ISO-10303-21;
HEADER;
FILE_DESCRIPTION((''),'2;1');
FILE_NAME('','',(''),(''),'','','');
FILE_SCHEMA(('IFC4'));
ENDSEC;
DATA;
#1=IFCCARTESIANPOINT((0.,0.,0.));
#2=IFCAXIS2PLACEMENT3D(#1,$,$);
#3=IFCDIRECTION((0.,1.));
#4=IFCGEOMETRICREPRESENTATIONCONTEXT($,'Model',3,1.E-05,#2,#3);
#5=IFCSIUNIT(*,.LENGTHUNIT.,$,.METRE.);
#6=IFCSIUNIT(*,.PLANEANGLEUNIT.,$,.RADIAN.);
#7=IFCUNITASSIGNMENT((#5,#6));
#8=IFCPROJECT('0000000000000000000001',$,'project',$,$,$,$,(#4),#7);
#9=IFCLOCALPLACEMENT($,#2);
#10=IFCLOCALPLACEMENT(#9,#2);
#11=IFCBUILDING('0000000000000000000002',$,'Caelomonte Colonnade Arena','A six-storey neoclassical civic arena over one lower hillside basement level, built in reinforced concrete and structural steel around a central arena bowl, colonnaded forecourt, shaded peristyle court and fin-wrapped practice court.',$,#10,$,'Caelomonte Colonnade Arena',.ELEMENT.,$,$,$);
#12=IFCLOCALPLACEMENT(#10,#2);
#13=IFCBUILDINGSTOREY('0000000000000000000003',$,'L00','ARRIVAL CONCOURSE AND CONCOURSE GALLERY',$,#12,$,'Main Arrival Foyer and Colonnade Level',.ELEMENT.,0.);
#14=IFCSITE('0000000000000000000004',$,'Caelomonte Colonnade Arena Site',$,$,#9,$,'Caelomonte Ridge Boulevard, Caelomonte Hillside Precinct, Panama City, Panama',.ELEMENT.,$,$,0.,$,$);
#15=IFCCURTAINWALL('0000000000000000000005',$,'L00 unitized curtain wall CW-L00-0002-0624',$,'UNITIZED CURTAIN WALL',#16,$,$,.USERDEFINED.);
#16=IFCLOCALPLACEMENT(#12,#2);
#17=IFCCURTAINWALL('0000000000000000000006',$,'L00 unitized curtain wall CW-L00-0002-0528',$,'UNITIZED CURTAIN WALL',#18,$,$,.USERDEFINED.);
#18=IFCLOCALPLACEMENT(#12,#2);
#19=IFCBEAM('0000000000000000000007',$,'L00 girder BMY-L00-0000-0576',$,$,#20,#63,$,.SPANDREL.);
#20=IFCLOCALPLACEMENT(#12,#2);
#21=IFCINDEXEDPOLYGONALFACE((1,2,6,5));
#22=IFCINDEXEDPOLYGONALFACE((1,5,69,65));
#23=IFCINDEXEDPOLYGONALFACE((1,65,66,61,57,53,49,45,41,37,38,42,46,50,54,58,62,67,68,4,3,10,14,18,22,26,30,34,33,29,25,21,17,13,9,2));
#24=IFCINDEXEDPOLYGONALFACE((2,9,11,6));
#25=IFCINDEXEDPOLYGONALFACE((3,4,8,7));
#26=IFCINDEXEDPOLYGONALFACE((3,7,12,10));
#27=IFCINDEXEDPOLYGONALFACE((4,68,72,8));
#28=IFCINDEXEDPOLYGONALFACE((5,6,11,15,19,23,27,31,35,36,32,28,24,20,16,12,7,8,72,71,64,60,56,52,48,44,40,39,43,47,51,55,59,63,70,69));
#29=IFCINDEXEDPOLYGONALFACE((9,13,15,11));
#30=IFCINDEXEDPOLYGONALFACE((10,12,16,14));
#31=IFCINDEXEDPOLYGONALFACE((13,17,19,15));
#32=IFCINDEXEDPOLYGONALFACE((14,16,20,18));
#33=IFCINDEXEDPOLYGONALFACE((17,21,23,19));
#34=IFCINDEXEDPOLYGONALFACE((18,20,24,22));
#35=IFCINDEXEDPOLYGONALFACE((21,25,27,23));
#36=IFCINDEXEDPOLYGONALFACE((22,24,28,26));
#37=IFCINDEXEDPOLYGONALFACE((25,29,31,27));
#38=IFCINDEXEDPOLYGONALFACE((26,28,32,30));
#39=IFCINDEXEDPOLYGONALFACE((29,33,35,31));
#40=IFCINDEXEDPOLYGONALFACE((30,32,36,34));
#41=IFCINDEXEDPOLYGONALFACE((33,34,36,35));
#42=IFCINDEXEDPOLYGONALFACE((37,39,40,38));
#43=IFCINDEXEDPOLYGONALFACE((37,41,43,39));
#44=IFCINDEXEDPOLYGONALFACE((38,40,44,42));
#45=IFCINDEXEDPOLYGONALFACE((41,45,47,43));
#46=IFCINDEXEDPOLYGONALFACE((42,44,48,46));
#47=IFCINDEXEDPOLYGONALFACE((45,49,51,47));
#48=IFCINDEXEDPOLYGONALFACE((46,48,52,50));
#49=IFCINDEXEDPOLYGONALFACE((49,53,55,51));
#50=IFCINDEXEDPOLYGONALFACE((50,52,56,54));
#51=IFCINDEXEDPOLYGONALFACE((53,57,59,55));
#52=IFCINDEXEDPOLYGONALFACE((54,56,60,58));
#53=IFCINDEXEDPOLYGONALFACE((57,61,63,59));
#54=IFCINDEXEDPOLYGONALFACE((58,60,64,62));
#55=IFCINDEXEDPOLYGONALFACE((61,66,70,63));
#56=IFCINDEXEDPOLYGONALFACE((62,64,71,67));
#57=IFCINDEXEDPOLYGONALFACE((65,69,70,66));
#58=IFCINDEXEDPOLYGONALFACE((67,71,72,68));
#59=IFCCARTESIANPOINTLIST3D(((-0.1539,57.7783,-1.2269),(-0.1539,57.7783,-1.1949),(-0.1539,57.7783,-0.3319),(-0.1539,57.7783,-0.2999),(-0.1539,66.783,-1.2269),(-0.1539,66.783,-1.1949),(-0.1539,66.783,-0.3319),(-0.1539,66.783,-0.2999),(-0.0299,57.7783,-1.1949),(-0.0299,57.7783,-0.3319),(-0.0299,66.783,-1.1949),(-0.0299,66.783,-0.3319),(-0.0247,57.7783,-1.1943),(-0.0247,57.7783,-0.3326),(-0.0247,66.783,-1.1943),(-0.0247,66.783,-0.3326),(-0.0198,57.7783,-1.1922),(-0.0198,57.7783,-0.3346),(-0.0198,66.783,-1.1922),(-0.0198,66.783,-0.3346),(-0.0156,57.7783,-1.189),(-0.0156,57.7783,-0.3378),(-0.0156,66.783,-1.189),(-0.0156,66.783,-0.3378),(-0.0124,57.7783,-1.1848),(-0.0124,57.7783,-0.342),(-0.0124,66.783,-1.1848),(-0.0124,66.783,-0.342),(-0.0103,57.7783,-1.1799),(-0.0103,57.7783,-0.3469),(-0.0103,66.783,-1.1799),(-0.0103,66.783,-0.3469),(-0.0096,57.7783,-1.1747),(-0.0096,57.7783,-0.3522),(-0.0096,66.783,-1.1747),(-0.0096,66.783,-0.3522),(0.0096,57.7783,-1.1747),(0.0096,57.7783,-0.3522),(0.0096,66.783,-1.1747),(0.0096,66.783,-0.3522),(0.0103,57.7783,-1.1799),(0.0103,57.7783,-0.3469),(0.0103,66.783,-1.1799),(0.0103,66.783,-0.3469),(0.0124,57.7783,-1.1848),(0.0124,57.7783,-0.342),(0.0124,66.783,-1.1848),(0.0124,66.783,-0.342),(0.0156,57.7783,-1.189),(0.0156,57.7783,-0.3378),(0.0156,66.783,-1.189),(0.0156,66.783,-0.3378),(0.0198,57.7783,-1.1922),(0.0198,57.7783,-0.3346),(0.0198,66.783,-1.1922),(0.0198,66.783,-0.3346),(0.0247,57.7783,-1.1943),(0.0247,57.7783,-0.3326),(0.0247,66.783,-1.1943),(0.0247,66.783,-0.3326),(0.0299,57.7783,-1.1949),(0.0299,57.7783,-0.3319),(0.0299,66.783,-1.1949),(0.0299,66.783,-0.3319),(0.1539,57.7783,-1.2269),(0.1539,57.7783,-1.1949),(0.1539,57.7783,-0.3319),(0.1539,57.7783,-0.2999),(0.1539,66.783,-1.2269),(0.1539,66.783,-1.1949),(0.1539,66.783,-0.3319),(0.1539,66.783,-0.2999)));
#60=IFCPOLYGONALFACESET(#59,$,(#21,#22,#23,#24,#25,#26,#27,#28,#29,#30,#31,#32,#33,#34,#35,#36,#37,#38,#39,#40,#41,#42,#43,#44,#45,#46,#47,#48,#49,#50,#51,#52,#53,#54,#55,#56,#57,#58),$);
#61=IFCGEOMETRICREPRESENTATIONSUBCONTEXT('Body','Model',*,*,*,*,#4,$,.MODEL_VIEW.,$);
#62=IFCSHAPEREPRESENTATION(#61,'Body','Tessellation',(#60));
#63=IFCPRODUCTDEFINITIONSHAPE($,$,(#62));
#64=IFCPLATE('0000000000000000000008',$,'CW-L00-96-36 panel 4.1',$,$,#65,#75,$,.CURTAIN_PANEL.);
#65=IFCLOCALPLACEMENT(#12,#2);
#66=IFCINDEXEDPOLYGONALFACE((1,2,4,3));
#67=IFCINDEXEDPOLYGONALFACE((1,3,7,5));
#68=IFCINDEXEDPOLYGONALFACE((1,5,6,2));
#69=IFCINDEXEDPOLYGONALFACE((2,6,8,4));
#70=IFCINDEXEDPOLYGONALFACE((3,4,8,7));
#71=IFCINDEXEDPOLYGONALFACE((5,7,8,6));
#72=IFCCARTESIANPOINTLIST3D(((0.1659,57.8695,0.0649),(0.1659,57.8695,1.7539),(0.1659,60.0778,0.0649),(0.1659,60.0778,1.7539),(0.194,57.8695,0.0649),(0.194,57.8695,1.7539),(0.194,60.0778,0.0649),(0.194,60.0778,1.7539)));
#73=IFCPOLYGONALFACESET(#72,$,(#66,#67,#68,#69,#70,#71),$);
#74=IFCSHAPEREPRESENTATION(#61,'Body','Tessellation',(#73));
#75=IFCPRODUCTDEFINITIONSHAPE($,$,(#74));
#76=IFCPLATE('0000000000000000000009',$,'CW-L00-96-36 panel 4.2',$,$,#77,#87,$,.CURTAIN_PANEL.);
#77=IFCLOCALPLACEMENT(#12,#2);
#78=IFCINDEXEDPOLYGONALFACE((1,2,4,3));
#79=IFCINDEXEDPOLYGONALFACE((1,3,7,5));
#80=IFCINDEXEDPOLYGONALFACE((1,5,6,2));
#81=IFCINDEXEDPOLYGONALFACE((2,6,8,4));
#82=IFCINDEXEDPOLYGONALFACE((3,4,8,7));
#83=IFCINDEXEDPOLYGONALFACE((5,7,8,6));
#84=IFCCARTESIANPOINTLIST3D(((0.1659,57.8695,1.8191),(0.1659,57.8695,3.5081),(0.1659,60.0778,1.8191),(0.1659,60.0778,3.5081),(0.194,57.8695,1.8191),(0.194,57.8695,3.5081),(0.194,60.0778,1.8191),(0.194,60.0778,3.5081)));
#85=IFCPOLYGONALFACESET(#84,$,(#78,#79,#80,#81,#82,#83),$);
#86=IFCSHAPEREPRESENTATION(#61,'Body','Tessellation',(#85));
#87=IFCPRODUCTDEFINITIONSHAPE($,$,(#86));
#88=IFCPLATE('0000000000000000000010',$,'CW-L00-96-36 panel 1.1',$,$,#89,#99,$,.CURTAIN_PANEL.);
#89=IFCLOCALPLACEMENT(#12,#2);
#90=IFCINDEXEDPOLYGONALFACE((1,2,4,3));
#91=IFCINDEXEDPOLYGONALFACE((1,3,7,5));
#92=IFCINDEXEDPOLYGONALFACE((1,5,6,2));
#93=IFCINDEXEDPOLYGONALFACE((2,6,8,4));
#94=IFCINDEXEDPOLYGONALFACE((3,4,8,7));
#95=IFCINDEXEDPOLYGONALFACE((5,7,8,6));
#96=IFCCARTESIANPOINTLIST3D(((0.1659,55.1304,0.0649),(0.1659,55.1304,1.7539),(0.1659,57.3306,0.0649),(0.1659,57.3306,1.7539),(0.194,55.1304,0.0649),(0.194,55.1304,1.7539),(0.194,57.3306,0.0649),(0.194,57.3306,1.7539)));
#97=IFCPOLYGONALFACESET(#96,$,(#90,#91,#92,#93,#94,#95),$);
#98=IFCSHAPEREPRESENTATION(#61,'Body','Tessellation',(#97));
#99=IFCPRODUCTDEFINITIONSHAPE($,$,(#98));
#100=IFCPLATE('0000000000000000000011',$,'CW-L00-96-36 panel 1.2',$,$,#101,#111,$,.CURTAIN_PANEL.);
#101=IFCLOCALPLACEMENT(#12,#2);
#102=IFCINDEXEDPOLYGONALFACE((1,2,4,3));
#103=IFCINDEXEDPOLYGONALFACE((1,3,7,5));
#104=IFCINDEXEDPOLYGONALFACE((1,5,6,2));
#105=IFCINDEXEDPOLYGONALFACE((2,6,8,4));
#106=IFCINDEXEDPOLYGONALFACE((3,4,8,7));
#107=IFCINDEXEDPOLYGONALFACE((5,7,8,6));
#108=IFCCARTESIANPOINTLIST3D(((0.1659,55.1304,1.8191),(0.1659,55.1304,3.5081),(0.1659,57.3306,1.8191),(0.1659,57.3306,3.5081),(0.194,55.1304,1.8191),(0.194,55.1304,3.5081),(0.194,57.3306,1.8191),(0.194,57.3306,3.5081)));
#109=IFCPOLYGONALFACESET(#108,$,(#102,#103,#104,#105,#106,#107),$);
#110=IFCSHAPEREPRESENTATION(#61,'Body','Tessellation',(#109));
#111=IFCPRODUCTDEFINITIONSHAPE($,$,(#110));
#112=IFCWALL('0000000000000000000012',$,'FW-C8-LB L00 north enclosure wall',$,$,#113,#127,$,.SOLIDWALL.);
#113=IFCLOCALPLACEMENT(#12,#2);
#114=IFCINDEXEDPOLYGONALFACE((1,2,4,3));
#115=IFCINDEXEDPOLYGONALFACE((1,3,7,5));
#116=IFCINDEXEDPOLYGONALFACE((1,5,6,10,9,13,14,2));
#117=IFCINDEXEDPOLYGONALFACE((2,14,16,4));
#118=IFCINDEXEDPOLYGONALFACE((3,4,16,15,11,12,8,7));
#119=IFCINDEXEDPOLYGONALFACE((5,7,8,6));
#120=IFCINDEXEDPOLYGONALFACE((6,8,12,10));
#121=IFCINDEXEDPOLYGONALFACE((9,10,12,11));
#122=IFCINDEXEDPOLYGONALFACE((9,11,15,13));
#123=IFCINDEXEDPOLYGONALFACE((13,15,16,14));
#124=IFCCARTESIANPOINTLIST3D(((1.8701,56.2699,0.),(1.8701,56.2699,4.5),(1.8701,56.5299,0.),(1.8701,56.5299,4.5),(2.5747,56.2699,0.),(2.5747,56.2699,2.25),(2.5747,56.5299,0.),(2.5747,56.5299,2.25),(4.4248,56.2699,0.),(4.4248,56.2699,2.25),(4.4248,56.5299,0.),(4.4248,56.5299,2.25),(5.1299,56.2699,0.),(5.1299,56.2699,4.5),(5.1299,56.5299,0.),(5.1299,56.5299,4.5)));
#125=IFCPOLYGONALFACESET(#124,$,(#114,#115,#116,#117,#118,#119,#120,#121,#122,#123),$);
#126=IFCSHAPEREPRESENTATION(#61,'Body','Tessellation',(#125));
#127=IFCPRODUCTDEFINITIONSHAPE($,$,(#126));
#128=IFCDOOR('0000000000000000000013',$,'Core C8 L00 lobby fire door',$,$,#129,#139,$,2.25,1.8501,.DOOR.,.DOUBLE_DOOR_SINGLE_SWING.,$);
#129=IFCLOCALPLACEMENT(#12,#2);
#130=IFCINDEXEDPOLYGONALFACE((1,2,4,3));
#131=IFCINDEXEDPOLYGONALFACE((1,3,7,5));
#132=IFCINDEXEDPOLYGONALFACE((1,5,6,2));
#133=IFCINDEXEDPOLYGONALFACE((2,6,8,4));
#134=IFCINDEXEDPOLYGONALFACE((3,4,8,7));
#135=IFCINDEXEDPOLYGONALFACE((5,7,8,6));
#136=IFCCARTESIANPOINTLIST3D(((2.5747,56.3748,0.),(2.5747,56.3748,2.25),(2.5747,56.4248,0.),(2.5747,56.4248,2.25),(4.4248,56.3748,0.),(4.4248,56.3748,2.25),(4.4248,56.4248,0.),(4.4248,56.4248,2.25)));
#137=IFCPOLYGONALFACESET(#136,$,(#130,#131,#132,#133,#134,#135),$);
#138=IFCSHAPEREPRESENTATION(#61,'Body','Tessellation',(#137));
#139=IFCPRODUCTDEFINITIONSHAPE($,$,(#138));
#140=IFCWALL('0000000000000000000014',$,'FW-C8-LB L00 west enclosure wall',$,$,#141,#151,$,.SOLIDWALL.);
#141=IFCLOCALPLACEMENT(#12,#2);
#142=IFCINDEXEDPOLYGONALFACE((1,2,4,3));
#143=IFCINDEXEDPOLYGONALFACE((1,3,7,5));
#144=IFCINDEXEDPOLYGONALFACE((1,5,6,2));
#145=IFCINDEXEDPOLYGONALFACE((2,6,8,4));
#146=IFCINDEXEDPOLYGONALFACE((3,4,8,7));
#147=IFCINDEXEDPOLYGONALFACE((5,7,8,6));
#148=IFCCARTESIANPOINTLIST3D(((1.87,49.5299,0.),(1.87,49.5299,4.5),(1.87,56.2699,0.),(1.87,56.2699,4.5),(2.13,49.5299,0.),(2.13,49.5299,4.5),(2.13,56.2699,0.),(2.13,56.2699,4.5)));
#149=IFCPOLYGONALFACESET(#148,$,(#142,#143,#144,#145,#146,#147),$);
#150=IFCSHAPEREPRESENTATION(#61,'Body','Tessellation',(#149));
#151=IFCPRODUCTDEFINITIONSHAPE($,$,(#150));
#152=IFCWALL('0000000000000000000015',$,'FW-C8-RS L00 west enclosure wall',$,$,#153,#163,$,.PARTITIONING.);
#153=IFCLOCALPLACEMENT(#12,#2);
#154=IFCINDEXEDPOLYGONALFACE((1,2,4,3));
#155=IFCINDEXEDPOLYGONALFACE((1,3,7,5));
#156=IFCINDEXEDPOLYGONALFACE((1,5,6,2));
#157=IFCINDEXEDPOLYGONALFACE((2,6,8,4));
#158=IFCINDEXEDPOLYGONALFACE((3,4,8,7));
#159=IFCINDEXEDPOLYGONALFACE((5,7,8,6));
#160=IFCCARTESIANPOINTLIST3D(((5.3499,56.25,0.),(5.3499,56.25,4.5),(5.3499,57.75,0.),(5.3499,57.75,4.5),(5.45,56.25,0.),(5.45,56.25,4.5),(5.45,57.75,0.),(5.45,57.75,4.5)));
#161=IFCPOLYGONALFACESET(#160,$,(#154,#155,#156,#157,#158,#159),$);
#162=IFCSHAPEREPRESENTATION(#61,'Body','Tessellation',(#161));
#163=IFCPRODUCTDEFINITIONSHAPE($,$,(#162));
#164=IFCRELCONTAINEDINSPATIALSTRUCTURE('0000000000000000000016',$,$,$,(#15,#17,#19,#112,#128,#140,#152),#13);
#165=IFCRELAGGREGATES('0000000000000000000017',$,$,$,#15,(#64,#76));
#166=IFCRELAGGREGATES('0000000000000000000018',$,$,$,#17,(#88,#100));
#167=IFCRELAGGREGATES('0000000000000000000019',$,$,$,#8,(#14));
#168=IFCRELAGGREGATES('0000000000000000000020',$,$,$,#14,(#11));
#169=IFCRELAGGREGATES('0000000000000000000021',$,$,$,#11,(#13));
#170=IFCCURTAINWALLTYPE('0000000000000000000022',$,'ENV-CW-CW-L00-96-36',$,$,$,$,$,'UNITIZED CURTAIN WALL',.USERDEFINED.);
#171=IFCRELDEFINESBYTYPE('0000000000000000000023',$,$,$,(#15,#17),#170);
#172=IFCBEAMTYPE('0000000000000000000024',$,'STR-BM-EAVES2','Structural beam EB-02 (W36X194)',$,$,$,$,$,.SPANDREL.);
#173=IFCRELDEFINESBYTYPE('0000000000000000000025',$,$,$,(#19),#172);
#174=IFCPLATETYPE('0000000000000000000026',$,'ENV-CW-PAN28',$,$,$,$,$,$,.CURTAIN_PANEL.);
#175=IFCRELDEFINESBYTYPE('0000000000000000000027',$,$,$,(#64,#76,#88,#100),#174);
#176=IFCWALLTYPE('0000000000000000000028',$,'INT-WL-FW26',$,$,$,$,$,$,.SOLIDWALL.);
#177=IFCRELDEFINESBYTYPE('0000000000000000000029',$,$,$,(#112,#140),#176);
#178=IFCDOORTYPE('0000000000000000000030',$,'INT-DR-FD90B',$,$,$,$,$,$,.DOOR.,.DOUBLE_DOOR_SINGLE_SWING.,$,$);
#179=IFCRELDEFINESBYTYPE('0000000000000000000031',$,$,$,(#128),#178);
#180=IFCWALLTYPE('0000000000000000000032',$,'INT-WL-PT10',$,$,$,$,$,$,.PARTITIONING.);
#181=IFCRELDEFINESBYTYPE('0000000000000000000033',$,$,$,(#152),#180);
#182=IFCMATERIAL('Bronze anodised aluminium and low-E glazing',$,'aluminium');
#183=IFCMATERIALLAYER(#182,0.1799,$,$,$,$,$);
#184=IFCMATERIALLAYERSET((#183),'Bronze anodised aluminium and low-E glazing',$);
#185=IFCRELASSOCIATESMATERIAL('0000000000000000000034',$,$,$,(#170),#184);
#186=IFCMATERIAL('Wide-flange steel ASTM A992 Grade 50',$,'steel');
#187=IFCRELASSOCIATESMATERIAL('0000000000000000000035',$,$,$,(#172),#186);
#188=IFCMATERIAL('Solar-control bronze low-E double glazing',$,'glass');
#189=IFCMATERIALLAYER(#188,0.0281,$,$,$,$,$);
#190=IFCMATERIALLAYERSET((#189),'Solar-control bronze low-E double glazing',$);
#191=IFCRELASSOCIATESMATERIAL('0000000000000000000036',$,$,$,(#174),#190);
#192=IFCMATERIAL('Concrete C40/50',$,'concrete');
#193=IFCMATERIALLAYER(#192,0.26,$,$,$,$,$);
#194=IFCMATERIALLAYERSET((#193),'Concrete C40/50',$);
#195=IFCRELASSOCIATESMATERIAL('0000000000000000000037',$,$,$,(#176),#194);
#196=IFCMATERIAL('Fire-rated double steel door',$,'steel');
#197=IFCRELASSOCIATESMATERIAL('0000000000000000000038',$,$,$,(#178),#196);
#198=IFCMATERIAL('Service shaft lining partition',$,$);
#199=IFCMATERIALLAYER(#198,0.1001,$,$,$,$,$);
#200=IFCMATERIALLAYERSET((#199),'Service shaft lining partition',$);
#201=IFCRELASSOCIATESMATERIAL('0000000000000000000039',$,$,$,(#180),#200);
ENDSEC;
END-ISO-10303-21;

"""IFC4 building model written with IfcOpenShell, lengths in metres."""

from ifc_helpers import new_model, si_unit, direction, frame, frame_2d, origin, origin_2d, place, context, subcontext, project, spatial, rectangle, i_section, extrude, material, layer, layer_set, material_profile, profile_set, type_object, element, fill, aggregate, save


model = new_model("IFC4")

# Units and contexts
model_context = context("Model", 3, precision=1e-05, world=origin(), true_north=direction((0.0, 1.0)))
body_context = subcontext(model_context, "Body", "Model", "MODEL_VIEW")
ifc_project = project(units=[si_unit("LENGTHUNIT", "METRE"), si_unit("PLANEANGLEUNIT", "RADIAN")], contexts=[model_context])

# Site, building, storey
site_placement = place(None, origin())
site = spatial("IfcSite", under=ifc_project, at=site_placement, Name="Caelomonte Colonnade Arena Site", LongName="Caelomonte Ridge Boulevard, Caelomonte Hillside Precinct, Panama City, Panama", CompositionType="ELEMENT", RefElevation=0.0)
building_placement = place(site_placement, origin())
building = spatial("IfcBuilding", under=site, at=building_placement, Name="Caelomonte Colonnade Arena", Description="A six-storey neoclassical civic arena over one lower hillside basement level, built in reinforced concrete and structural steel around a central arena bowl, colonnaded forecourt, shaded peristyle court and fin-wrapped practice court.", LongName="Caelomonte Colonnade Arena", CompositionType="ELEMENT")
storey_placement = place(building_placement, origin())
storey = spatial("IfcBuildingStorey", under=building, at=storey_placement, Name="L00", Description="ARRIVAL CONCOURSE AND CONCOURSE GALLERY", LongName="Main Arrival Foyer and Colonnade Level", CompositionType="ELEMENT", Elevation=0.0)

# Shared definitions
ifc_material_1 = material(Name="Wide-flange steel ASTM A992 Grade 50", Category="steel")

# Curtain wall
ifc_material_2 = material(Name="Bronze anodised aluminium and low-E glazing", Category="aluminium")
ifc_layer_1 = layer(ifc_material_2, 0.1799)
ifc_layer_set_1 = layer_set([ifc_layer_1], Name="Bronze anodised aluminium and low-E glazing")
curtain_wall_type = type_object("IfcCurtainWallType", Name="ENV-CW-CW-L00-96-36", ElementType="UNITIZED CURTAIN WALL", PredefinedType="USERDEFINED", material=ifc_layer_set_1)
curtain_wall_1_placement = place(storey_placement, origin())
curtain_wall_1 = element("IfcCurtainWall", 1, at=curtain_wall_1_placement, inside=storey, type_object=curtain_wall_type, Name="L00 unitized curtain wall CW-L00-0002-0624", ObjectType="UNITIZED CURTAIN WALL", PredefinedType="USERDEFINED")

# Curtain wall
curtain_wall_2_placement = place(storey_placement, origin())
curtain_wall_2 = element("IfcCurtainWall", 2, at=curtain_wall_2_placement, inside=storey, type_object=curtain_wall_type, Name="L00 unitized curtain wall CW-L00-0002-0528", ObjectType="UNITIZED CURTAIN WALL", PredefinedType="USERDEFINED")

# Beam
ifc_material_profile_1 = material_profile(ifc_material_1, i_section(OverallWidth=0.3079, OverallDepth=0.927, WebThickness=0.0193, FlangeThickness=0.032, FilletRadius=0.0203, at=origin_2d()), Name="W36X194")
ifc_profile_set_1 = profile_set([ifc_material_profile_1], Name="Wide-flange steel ASTM A992 Grade 50")
beam_type = type_object("IfcBeamType", Name="STR-BM-EAVES2", Description="Structural beam EB-02 (W36X194)", PredefinedType="SPANDREL", material=ifc_profile_set_1)
beam_placement = place(storey_placement, frame((0.0, 57.7783, -0.7634), z_axis=(0.0, 1.0, 0.0), x_axis=(-1.0, 0.0, 0.0)))
element("IfcBeam", 3, at=beam_placement, inside=storey, type_object=beam_type, Name="L00 girder BMY-L00-0000-0576", PredefinedType="SPANDREL", context=body_context, shape_type="SweptSolid", body=[
    extrude(i_section(OverallWidth=0.3079, OverallDepth=0.927, WebThickness=0.0193, FlangeThickness=0.032, FilletRadius=0.0203, at=origin_2d()), origin(), (0.0, 0.0, 1.0), 9.0046),
])

# Plates
ifc_material_3 = material(Name="Solar-control bronze low-E double glazing", Category="glass")
ifc_layer_2 = layer(ifc_material_3, 0.0281)
ifc_layer_set_2 = layer_set([ifc_layer_2], Name="Solar-control bronze low-E double glazing")
plate_type = type_object("IfcPlateType", Name="ENV-CW-PAN28", PredefinedType="CURTAIN_PANEL", material=ifc_layer_set_2)
plate_1_placement = place(storey_placement, frame((0.1799, 58.9736, 0.0649), z_axis=(0.0, 0.0, 1.0), x_axis=(0.0, -1.0, 0.0)))
plate_1 = element("IfcPlate", 4, at=plate_1_placement, type_object=plate_type, Name="CW-L00-96-36 panel 4.1", PredefinedType="CURTAIN_PANEL", context=body_context, shape_type="SweptSolid", body=[
    extrude(rectangle(XDim=2.2083, YDim=0.0281, at=origin_2d()), origin(), (0.0, 0.0, 1.0), 1.689),
])
plate_2_placement = place(storey_placement, frame((0.1799, 58.9736, 1.8191), z_axis=(0.0, 0.0, 1.0), x_axis=(0.0, -1.0, 0.0)))
plate_2 = element("IfcPlate", 5, at=plate_2_placement, type_object=plate_type, Name="CW-L00-96-36 panel 4.2", PredefinedType="CURTAIN_PANEL", context=body_context, shape_type="SweptSolid", body=[
    extrude(rectangle(XDim=2.2083, YDim=0.0281, at=origin_2d()), origin(), (0.0, 0.0, 1.0), 1.689),
])
aggregate(curtain_wall_1, [plate_1, plate_2])
plate_3_placement = place(storey_placement, frame((0.1799, 56.2305, 0.0649), z_axis=(0.0, 0.0, 1.0), x_axis=(0.0, -1.0, 0.0)))
plate_3 = element("IfcPlate", 6, at=plate_3_placement, type_object=plate_type, Name="CW-L00-96-36 panel 1.1", PredefinedType="CURTAIN_PANEL", context=body_context, shape_type="SweptSolid", body=[
    extrude(rectangle(XDim=2.2002, YDim=0.0281, at=origin_2d()), origin(), (0.0, 0.0, 1.0), 1.689),
])
plate_4_placement = place(storey_placement, frame((0.1799, 56.2305, 1.8191), z_axis=(0.0, 0.0, 1.0), x_axis=(0.0, -1.0, 0.0)))
plate_4 = element("IfcPlate", 7, at=plate_4_placement, type_object=plate_type, Name="CW-L00-96-36 panel 1.2", PredefinedType="CURTAIN_PANEL", context=body_context, shape_type="SweptSolid", body=[
    extrude(rectangle(XDim=2.2002, YDim=0.0281, at=origin_2d()), origin(), (0.0, 0.0, 1.0), 1.689),
])
aggregate(curtain_wall_2, [plate_3, plate_4])

# Wall, opening, door
ifc_material_4 = material(Name="Concrete C40/50", Category="concrete")
ifc_layer_3 = layer(ifc_material_4, 0.26)
ifc_layer_set_3 = layer_set([ifc_layer_3], Name="Concrete C40/50")
wall_type_1 = type_object("IfcWallType", Name="INT-WL-FW26", PredefinedType="SOLIDWALL", material=ifc_layer_set_3)
wall_1_placement = place(storey_placement, frame((5.1299, 56.3999, 0.0), z_axis=(0.0, 0.0, 1.0), x_axis=(-1.0, 0.0, 0.0)))
wall_1 = element("IfcWall", 8, at=wall_1_placement, inside=storey, type_object=wall_type_1, Name="FW-C8-LB L00 north enclosure wall", PredefinedType="SOLIDWALL", context=body_context, shape_type="SweptSolid", body=[
    extrude(rectangle(XDim=3.2598, YDim=0.26, at=frame_2d((1.6299, 0.0))), origin(), (0.0, 0.0, 1.0), 4.5),
])
opening_1_placement = place(wall_1_placement, frame((2.5552, 0.0, 0.0), z_axis=(0.0, 0.0, 1.0), x_axis=(-1.0, 0.0, 0.0)))
opening_1 = element("IfcOpeningElement", 9, at=opening_1_placement, cuts=wall_1, PredefinedType="OPENING", context=body_context, shape_type="SweptSolid", body=[
    extrude(rectangle(XDim=1.8501, YDim=2.25, at=frame_2d((0.925, 1.125))), frame((0.0, 0.1399, 0.0), z_axis=(0.0, -1.0, 0.0), x_axis=(1.0, 0.0, 0.0)), (0.0, 0.0, 1.0), 0.28),
])
ifc_material_5 = material(Name="Fire-rated double steel door", Category="steel")
door_type_1 = type_object("IfcDoorType", Name="INT-DR-FD90B", OperationType="DOUBLE_DOOR_SINGLE_SWING", PredefinedType="DOOR", material=ifc_material_5)
door_1_placement = place(opening_1_placement, origin())
door_1 = element("IfcDoor", 10, at=door_1_placement, inside=storey, type_object=door_type_1, Name="Core C8 L00 lobby fire door", OperationType="DOUBLE_DOOR_SINGLE_SWING", OverallHeight=2.25, OverallWidth=1.8501, PredefinedType="DOOR", context=body_context, shape_type="SweptSolid", body=[
    extrude(rectangle(XDim=1.8501, YDim=2.25, at=frame_2d((0.925, 1.125))), frame((0.0, 0.0249, 0.0), z_axis=(0.0, -1.0, 0.0), x_axis=(1.0, 0.0, 0.0)), (0.0, 0.0, 1.0), 0.05),
])
fill(opening_1, door_1)

# Walls
wall_2_placement = place(storey_placement, frame((2.0, 56.27, 0.0), z_axis=(0.0, 0.0, 1.0), x_axis=(0.0, -1.0, 0.0)))
element("IfcWall", 11, at=wall_2_placement, inside=storey, type_object=wall_type_1, Name="FW-C8-LB L00 west enclosure wall", PredefinedType="SOLIDWALL", context=body_context, shape_type="SweptSolid", body=[
    extrude(rectangle(XDim=6.74, YDim=0.26, at=frame_2d((3.3701, 0.0))), origin(), (0.0, 0.0, 1.0), 4.5),
])
ifc_material_6 = material(Name="Service shaft lining partition")
ifc_layer_4 = layer(ifc_material_6, 0.1001)
ifc_layer_set_4 = layer_set([ifc_layer_4], Name="Service shaft lining partition")
wall_type_2 = type_object("IfcWallType", Name="INT-WL-PT10", PredefinedType="PARTITIONING", material=ifc_layer_set_4)
wall_3_placement = place(storey_placement, frame((5.3999, 57.75, 0.0), z_axis=(0.0, 0.0, 1.0), x_axis=(0.0, -1.0, 0.0)))
element("IfcWall", 12, at=wall_3_placement, inside=storey, type_object=wall_type_2, Name="FW-C8-RS L00 west enclosure wall", PredefinedType="PARTITIONING", context=body_context, shape_type="SweptSolid", body=[
    extrude(rectangle(XDim=1.5, YDim=0.1001, at=frame_2d((0.75, 0.0))), origin(), (0.0, 0.0, 1.0), 4.5),
])

save(model, "model.ifc")
